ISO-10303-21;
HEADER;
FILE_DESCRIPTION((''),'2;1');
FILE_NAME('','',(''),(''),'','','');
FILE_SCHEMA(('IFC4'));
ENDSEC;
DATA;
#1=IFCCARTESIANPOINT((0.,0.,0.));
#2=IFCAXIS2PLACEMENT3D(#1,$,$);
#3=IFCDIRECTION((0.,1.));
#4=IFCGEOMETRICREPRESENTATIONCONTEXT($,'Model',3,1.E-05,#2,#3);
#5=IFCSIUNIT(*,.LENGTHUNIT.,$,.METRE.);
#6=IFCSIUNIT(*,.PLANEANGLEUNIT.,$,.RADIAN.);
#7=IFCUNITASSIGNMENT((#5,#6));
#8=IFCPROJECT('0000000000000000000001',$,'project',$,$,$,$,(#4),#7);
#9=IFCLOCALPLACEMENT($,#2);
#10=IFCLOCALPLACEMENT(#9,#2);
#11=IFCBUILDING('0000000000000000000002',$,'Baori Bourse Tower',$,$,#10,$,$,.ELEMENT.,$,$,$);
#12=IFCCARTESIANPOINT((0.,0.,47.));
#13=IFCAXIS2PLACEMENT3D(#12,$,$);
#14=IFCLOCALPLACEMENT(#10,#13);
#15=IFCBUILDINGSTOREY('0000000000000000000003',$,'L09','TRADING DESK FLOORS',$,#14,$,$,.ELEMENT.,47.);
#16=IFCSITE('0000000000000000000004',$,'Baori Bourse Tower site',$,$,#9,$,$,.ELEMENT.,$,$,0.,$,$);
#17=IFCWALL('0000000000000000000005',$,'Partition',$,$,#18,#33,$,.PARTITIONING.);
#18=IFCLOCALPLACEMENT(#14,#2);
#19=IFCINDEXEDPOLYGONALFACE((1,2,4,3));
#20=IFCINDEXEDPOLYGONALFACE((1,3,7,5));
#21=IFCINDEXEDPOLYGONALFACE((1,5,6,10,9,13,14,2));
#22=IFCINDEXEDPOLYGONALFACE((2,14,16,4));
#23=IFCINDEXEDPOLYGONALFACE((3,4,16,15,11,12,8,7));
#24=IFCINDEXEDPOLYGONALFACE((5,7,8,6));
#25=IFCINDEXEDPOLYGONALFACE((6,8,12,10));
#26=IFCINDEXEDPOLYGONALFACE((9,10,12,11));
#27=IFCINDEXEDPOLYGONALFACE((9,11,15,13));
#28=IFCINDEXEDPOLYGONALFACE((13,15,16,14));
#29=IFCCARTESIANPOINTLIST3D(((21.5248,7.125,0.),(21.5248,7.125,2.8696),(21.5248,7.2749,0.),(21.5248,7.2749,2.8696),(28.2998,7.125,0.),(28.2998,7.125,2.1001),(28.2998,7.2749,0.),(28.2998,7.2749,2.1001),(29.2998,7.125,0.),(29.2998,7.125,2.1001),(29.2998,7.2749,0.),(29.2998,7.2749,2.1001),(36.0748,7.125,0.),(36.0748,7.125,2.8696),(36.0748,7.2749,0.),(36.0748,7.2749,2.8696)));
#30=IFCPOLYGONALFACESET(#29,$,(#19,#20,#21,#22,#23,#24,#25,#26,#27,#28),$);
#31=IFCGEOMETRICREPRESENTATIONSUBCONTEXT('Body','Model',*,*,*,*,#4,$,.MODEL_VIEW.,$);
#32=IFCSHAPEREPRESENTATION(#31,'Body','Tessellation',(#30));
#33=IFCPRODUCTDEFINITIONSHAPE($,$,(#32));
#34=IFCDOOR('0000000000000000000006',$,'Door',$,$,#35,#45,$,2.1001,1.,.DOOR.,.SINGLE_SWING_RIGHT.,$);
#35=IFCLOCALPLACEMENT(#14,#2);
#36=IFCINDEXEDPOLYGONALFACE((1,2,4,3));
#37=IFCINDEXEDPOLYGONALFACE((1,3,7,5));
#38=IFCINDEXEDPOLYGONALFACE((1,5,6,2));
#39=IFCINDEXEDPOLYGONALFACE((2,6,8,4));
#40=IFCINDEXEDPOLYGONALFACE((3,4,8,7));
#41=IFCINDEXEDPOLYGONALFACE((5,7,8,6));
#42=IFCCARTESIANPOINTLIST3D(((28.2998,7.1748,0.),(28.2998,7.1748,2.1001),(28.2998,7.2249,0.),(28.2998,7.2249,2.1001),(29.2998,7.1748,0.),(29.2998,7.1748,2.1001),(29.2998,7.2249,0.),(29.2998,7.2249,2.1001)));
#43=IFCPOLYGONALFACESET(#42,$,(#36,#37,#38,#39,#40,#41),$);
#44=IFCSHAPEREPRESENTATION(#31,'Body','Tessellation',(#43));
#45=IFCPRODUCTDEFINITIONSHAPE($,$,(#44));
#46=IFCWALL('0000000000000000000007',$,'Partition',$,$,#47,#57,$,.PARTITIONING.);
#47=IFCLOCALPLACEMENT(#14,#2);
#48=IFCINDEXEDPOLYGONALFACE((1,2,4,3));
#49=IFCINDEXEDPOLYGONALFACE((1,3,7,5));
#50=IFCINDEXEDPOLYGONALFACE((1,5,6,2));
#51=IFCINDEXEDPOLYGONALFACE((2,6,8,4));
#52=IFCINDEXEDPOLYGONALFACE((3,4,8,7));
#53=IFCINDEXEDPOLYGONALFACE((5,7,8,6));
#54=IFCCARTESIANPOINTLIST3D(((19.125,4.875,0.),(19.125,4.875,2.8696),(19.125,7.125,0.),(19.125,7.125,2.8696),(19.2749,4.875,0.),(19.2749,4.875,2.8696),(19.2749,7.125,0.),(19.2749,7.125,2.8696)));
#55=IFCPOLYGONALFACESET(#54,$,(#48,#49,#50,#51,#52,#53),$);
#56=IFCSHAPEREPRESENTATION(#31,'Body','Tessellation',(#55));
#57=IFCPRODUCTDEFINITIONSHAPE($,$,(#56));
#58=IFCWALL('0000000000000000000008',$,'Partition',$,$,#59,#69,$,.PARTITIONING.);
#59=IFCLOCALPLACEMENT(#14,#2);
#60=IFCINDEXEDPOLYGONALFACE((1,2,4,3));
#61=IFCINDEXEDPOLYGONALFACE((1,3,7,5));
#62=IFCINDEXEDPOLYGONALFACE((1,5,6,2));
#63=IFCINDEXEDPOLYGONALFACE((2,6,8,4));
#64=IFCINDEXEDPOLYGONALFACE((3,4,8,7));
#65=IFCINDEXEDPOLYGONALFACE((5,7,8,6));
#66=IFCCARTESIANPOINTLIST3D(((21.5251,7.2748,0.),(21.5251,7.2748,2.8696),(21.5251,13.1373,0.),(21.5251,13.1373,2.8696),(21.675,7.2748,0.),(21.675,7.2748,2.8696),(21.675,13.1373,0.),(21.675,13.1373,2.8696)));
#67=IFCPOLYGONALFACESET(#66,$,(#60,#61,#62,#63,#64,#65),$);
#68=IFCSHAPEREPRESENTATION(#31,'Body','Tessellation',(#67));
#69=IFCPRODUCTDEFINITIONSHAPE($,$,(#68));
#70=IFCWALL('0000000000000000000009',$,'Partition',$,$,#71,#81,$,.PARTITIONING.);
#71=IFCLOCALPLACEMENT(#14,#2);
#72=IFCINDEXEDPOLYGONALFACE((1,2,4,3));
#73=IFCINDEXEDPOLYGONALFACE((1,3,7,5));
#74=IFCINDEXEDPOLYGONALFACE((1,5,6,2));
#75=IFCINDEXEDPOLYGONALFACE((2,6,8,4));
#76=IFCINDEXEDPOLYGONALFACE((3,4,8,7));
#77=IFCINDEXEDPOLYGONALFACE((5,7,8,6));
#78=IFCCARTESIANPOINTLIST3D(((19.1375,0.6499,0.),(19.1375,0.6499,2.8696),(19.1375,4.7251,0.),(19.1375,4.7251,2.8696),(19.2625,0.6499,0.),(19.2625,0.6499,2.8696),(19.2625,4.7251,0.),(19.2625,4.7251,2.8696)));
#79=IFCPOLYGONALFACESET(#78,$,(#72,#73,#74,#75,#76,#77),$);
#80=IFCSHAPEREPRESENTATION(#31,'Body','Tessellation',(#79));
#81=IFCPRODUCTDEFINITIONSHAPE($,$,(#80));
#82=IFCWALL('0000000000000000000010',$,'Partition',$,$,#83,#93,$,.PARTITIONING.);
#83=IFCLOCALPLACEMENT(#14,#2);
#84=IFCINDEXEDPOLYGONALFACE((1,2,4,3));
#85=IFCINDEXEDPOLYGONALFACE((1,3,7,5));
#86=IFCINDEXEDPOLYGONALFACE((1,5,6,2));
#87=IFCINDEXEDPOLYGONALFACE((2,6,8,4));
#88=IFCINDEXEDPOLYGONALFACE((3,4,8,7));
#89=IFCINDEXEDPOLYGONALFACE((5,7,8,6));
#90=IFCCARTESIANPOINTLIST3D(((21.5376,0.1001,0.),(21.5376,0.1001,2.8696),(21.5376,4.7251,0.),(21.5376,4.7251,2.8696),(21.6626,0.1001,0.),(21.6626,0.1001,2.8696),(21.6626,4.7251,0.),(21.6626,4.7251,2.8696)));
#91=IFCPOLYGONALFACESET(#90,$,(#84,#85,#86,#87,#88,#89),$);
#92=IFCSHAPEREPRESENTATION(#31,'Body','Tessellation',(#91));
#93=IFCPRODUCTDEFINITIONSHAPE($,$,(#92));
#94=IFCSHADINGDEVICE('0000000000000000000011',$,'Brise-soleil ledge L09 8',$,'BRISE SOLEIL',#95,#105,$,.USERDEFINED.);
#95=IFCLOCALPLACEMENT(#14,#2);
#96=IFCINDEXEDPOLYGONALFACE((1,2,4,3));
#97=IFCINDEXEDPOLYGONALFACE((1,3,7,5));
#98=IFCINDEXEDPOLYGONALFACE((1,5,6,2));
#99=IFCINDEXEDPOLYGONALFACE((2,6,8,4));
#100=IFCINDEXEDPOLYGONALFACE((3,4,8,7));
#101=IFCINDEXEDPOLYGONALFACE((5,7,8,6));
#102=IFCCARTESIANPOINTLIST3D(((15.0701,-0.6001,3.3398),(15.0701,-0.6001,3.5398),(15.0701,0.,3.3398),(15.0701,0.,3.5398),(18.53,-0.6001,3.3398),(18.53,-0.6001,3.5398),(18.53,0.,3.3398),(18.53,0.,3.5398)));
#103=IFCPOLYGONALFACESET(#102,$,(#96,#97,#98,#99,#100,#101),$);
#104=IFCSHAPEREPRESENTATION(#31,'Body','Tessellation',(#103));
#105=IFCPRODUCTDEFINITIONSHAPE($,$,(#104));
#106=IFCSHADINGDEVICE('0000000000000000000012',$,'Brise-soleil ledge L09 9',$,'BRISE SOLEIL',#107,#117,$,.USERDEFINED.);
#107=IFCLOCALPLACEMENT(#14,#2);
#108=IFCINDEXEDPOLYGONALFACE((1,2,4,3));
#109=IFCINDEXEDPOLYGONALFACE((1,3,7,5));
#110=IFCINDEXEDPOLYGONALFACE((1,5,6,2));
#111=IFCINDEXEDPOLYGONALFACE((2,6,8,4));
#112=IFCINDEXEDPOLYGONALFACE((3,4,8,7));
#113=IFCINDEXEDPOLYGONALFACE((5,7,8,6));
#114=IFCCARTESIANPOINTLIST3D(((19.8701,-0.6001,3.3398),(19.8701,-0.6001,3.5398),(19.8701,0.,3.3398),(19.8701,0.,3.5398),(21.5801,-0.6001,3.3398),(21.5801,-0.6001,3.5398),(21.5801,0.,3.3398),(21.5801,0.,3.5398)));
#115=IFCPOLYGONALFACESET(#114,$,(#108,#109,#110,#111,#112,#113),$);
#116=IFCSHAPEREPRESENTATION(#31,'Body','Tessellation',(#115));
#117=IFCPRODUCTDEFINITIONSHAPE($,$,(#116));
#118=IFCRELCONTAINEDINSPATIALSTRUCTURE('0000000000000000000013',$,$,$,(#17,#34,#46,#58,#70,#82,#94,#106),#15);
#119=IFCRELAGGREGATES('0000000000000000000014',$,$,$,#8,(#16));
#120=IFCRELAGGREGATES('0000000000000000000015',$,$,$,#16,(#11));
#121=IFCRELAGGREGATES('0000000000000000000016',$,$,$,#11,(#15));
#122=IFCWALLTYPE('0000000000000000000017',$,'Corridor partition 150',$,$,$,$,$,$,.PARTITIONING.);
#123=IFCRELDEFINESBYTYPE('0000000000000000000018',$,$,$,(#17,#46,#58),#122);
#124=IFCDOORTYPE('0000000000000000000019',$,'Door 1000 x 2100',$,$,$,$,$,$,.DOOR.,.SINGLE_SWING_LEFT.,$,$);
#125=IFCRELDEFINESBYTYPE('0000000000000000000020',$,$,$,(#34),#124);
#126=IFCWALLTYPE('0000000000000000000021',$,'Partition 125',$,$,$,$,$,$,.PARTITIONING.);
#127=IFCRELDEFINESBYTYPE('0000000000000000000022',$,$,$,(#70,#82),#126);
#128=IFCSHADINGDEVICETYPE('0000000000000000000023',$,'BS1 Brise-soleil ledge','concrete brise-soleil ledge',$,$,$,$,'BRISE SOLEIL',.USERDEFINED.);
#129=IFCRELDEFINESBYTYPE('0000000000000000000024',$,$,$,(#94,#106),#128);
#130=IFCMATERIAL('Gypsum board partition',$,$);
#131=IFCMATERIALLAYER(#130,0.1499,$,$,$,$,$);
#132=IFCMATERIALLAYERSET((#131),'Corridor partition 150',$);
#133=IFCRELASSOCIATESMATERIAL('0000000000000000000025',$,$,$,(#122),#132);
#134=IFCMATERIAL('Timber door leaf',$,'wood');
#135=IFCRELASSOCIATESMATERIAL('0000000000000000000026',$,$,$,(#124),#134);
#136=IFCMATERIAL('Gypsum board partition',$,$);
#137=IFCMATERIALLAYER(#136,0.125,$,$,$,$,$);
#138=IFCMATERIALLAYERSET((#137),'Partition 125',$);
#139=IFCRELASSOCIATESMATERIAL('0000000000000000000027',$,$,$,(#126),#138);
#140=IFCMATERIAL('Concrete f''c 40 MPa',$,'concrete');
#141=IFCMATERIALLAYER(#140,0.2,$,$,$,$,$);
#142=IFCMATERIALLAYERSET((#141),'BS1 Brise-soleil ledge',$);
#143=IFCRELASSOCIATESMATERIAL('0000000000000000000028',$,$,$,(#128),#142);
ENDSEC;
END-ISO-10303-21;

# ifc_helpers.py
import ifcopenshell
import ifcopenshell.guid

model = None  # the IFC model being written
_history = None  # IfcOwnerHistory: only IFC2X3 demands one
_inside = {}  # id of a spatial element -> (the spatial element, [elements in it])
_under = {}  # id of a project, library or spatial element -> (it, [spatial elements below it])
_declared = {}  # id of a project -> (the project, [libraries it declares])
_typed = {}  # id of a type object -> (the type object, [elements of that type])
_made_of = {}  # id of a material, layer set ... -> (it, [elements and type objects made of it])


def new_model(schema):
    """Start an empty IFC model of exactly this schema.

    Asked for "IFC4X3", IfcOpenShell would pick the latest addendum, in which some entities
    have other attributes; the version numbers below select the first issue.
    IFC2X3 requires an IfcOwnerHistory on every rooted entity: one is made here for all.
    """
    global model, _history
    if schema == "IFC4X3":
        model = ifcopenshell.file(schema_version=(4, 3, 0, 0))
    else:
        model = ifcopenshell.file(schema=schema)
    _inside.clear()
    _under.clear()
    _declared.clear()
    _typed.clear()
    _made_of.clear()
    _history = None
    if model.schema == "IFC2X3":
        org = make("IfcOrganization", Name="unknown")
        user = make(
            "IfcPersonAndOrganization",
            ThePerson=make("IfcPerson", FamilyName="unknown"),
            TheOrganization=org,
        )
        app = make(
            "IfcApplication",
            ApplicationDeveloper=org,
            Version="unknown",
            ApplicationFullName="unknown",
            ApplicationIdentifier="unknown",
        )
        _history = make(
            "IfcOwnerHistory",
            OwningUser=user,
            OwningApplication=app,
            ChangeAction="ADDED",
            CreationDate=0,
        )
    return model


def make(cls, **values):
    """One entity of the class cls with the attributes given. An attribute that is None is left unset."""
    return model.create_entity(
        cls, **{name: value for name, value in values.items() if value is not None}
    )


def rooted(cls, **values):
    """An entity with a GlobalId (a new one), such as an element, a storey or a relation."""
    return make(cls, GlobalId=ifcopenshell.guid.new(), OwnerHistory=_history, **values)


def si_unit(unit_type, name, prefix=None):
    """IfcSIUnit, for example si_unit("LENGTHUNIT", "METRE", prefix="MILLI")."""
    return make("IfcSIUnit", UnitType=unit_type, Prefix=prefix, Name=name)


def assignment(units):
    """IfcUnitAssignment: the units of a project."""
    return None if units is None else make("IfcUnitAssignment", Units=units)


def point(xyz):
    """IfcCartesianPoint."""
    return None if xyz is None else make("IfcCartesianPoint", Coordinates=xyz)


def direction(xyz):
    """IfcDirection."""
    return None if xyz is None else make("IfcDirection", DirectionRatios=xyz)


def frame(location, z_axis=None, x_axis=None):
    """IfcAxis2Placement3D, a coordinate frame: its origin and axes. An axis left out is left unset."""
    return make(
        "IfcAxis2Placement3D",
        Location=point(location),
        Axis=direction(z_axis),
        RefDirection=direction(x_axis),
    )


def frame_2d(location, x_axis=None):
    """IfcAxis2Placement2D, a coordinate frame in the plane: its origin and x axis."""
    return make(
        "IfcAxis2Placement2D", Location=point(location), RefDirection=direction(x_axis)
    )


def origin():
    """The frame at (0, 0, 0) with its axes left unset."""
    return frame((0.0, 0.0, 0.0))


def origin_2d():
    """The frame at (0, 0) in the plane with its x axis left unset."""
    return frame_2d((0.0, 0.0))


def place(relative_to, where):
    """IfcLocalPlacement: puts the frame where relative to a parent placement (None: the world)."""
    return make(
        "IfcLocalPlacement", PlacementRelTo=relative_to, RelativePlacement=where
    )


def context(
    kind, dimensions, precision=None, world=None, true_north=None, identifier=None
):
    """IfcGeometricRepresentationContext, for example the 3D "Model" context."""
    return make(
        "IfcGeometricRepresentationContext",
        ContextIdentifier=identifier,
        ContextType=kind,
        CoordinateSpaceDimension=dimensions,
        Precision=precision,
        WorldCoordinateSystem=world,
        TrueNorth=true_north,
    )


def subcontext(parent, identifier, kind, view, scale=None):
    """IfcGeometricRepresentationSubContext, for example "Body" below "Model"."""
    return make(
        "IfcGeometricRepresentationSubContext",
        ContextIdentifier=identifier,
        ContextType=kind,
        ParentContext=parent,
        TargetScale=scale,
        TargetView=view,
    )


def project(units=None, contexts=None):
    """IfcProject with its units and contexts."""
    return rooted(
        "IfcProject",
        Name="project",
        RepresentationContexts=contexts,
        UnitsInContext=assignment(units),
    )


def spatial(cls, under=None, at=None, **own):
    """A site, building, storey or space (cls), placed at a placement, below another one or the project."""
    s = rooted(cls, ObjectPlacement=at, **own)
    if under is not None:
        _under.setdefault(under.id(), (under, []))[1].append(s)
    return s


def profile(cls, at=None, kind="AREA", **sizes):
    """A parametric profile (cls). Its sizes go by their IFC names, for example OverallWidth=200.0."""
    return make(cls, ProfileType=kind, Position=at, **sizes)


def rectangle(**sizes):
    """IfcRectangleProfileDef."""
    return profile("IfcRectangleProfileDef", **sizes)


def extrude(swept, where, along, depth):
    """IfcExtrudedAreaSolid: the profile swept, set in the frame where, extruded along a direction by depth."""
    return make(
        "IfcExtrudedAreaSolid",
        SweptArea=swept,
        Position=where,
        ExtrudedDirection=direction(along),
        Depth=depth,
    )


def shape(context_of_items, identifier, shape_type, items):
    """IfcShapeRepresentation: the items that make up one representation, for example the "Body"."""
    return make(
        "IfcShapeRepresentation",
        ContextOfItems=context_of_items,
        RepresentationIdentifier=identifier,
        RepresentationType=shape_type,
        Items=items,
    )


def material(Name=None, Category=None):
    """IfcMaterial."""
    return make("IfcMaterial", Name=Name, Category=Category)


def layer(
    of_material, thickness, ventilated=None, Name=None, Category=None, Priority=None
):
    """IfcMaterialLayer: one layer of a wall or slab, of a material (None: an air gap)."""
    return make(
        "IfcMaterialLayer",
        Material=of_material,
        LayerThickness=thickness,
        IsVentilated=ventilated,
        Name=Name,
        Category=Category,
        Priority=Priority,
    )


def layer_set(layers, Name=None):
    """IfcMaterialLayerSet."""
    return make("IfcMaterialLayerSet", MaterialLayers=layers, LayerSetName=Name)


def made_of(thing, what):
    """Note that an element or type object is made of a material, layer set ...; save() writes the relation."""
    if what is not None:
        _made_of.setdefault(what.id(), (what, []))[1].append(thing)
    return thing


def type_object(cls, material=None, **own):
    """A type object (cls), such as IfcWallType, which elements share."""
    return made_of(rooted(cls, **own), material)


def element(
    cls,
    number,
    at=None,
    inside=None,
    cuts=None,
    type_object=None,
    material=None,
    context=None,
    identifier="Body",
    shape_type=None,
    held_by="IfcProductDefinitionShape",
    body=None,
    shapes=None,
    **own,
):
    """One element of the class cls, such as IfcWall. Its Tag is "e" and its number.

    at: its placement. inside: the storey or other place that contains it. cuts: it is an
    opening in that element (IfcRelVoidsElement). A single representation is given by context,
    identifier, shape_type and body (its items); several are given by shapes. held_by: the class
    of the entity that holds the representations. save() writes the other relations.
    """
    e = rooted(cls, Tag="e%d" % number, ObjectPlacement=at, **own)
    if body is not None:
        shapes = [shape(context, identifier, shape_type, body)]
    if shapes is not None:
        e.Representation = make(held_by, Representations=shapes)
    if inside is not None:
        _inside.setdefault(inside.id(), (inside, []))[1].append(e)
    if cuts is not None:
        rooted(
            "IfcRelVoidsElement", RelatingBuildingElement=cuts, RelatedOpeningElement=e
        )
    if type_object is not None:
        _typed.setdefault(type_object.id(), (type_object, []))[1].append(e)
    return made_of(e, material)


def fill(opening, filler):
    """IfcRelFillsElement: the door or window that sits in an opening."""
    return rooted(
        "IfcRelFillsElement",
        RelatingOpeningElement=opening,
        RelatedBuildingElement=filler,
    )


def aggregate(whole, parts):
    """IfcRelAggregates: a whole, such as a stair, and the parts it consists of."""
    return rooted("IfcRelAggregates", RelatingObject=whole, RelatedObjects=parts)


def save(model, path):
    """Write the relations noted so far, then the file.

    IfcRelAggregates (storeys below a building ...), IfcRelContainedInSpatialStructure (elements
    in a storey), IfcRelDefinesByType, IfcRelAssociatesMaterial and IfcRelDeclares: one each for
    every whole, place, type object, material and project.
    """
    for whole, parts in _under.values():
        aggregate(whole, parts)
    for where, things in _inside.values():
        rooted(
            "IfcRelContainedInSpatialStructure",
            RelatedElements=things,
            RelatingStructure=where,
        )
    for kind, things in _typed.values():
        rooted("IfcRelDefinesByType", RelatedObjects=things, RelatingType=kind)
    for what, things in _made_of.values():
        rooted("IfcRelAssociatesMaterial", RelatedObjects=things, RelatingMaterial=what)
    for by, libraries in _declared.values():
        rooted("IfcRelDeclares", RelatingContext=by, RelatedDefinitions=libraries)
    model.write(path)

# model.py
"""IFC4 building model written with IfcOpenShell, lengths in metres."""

from ifc_helpers import new_model, si_unit, direction, frame, frame_2d, origin, origin_2d, place, context, subcontext, project, spatial, rectangle, extrude, material, layer, layer_set, type_object, element, fill, save


model = new_model("IFC4")

# Units and contexts
model_context = context("Model", 3, precision=1e-05, world=origin(), true_north=direction((0.0, 1.0)))
body_context = subcontext(model_context, "Body", "Model", "MODEL_VIEW")
ifc_project = project(units=[si_unit("LENGTHUNIT", "METRE"), si_unit("PLANEANGLEUNIT", "RADIAN")], contexts=[model_context])

# Site, building, storey
site_placement = place(None, origin())
site = spatial("IfcSite", under=ifc_project, at=site_placement, Name="Baori Bourse Tower site", CompositionType="ELEMENT", RefElevation=0.0)
building_placement = place(site_placement, origin())
building = spatial("IfcBuilding", under=site, at=building_placement, Name="Baori Bourse Tower", CompositionType="ELEMENT")
storey_placement = place(building_placement, frame((0.0, 0.0, 47.0)))
storey = spatial("IfcBuildingStorey", under=building, at=storey_placement, Name="L09", Description="TRADING DESK FLOORS", CompositionType="ELEMENT", Elevation=47.0)

# Shared definitions
ifc_material_1 = material(Name="Gypsum board partition")
ifc_layer_1 = layer(ifc_material_1, 0.1499)
ifc_layer_set_1 = layer_set([ifc_layer_1], Name="Corridor partition 150")
wall_type_1 = type_object("IfcWallType", Name="Corridor partition 150", PredefinedType="PARTITIONING", material=ifc_layer_set_1)
ifc_material_2 = material(Name="Timber door leaf", Category="wood")
door_type = type_object("IfcDoorType", Name="Door 1000 x 2100", OperationType="SINGLE_SWING_LEFT", PredefinedType="DOOR", material=ifc_material_2)

# Wall, opening, door
wall_1_placement = place(storey_placement, frame((21.5249, 7.2, 0.0), z_axis=(0.0, 0.0, 1.0), x_axis=(1.0, 0.0, 0.0)))
wall_1 = element("IfcWall", 1, at=wall_1_placement, inside=storey, type_object=wall_type_1, Name="Partition", PredefinedType="PARTITIONING", context=body_context, shape_type="SweptSolid", body=[
    extrude(rectangle(XDim=14.55, YDim=0.1499, at=frame_2d((7.2749, 0.0))), origin(), (0.0, 0.0, 1.0), 2.8696),
])
opening_1_placement = place(wall_1_placement, frame((6.7749, 0.0, 0.0)))
opening_1 = element("IfcOpeningElement", 2, at=opening_1_placement, cuts=wall_1, PredefinedType="OPENING", context=body_context, shape_type="SweptSolid", body=[
    extrude(rectangle(XDim=1.0, YDim=2.1001, at=frame_2d((0.5, 1.05))), frame((0.0, 0.085, 0.0), z_axis=(0.0, -1.0, 0.0), x_axis=(1.0, 0.0, 0.0)), (0.0, 0.0, 1.0), 0.1699),
])
door_1_placement = place(opening_1_placement, origin())
door_1 = element("IfcDoor", 3, at=door_1_placement, inside=storey, type_object=door_type, Name="Door", OperationType="SINGLE_SWING_RIGHT", OverallHeight=2.1001, OverallWidth=1.0, PredefinedType="DOOR", context=body_context, shape_type="SweptSolid", body=[
    extrude(rectangle(XDim=1.0, YDim=2.1001, at=frame_2d((0.5, 1.05))), frame((0.0, 0.0249, 0.0), z_axis=(0.0, -1.0, 0.0), x_axis=(1.0, 0.0, 0.0)), (0.0, 0.0, 1.0), 0.05),
])
fill(opening_1, door_1)

# Walls
wall_2_placement = place(storey_placement, frame((19.2, 4.875, 0.0), z_axis=(0.0, 0.0, 1.0), x_axis=(0.0, 1.0, 0.0)))
element("IfcWall", 4, at=wall_2_placement, inside=storey, type_object=wall_type_1, Name="Partition", PredefinedType="PARTITIONING", context=body_context, shape_type="SweptSolid", body=[
    extrude(rectangle(XDim=2.25, YDim=0.1499, at=frame_2d((1.125, 0.0))), origin(), (0.0, 0.0, 1.0), 2.8696),
])
wall_3_placement = place(storey_placement, frame((21.6001, 7.2749, 0.0), z_axis=(0.0, 0.0, 1.0), x_axis=(0.0, 1.0, 0.0)))
element("IfcWall", 5, at=wall_3_placement, inside=storey, type_object=wall_type_1, Name="Partition", PredefinedType="PARTITIONING", context=body_context, shape_type="SweptSolid", body=[
    extrude(rectangle(XDim=5.8625, YDim=0.1499, at=frame_2d((2.9312, 0.0))), origin(), (0.0, 0.0, 1.0), 2.8696),
])
ifc_material_3 = material(Name="Gypsum board partition")
ifc_layer_2 = layer(ifc_material_3, 0.125)
ifc_layer_set_2 = layer_set([ifc_layer_2], Name="Partition 125")
wall_type_2 = type_object("IfcWallType", Name="Partition 125", PredefinedType="PARTITIONING", material=ifc_layer_set_2)
wall_4_placement = place(storey_placement, frame((19.2, 0.6499, 0.0), z_axis=(0.0, 0.0, 1.0), x_axis=(0.0, 1.0, 0.0)))
element("IfcWall", 6, at=wall_4_placement, inside=storey, type_object=wall_type_2, Name="Partition", PredefinedType="PARTITIONING", context=body_context, shape_type="SweptSolid", body=[
    extrude(rectangle(XDim=4.0752, YDim=0.125, at=frame_2d((2.0376, 0.0))), origin(), (0.0, 0.0, 1.0), 2.8696),
])
wall_5_placement = place(storey_placement, frame((21.6001, 0.1001, 0.0), z_axis=(0.0, 0.0, 1.0), x_axis=(0.0, 1.0, 0.0)))
element("IfcWall", 7, at=wall_5_placement, inside=storey, type_object=wall_type_2, Name="Partition", PredefinedType="PARTITIONING", context=body_context, shape_type="SweptSolid", body=[
    extrude(rectangle(XDim=4.625, YDim=0.125, at=frame_2d((2.3125, 0.0))), origin(), (0.0, 0.0, 1.0), 2.8696),
])

# Shading devices
ifc_material_4 = material(Name="Concrete f'c 40 MPa", Category="concrete")
ifc_layer_3 = layer(ifc_material_4, 0.2)
ifc_layer_set_3 = layer_set([ifc_layer_3], Name="BS1 Brise-soleil ledge")
shading_device_type = type_object("IfcShadingDeviceType", Name="BS1 Brise-soleil ledge", Description="concrete brise-soleil ledge", ElementType="BRISE SOLEIL", PredefinedType="USERDEFINED", material=ifc_layer_set_3)
shading_device_1_placement = place(storey_placement, frame((16.8, -0.3, 3.3398), z_axis=(0.0, 0.0, 1.0), x_axis=(1.0, 0.0, 0.0)))
element("IfcShadingDevice", 8, at=shading_device_1_placement, inside=storey, type_object=shading_device_type, Name="Brise-soleil ledge L09 8", ObjectType="BRISE SOLEIL", PredefinedType="USERDEFINED", context=body_context, shape_type="SweptSolid", body=[
    extrude(rectangle(XDim=3.46, YDim=0.6001, at=origin_2d()), origin(), (0.0, 0.0, 1.0), 0.2),
])
shading_device_2_placement = place(storey_placement, frame((20.7251, -0.3, 3.3398), z_axis=(0.0, 0.0, 1.0), x_axis=(1.0, 0.0, 0.0)))
element("IfcShadingDevice", 9, at=shading_device_2_placement, inside=storey, type_object=shading_device_type, Name="Brise-soleil ledge L09 9", ObjectType="BRISE SOLEIL", PredefinedType="USERDEFINED", context=body_context, shape_type="SweptSolid", body=[
    extrude(rectangle(XDim=1.71, YDim=0.6001, at=origin_2d()), origin(), (0.0, 0.0, 1.0), 0.2),
])

save(model, "model.ifc")
